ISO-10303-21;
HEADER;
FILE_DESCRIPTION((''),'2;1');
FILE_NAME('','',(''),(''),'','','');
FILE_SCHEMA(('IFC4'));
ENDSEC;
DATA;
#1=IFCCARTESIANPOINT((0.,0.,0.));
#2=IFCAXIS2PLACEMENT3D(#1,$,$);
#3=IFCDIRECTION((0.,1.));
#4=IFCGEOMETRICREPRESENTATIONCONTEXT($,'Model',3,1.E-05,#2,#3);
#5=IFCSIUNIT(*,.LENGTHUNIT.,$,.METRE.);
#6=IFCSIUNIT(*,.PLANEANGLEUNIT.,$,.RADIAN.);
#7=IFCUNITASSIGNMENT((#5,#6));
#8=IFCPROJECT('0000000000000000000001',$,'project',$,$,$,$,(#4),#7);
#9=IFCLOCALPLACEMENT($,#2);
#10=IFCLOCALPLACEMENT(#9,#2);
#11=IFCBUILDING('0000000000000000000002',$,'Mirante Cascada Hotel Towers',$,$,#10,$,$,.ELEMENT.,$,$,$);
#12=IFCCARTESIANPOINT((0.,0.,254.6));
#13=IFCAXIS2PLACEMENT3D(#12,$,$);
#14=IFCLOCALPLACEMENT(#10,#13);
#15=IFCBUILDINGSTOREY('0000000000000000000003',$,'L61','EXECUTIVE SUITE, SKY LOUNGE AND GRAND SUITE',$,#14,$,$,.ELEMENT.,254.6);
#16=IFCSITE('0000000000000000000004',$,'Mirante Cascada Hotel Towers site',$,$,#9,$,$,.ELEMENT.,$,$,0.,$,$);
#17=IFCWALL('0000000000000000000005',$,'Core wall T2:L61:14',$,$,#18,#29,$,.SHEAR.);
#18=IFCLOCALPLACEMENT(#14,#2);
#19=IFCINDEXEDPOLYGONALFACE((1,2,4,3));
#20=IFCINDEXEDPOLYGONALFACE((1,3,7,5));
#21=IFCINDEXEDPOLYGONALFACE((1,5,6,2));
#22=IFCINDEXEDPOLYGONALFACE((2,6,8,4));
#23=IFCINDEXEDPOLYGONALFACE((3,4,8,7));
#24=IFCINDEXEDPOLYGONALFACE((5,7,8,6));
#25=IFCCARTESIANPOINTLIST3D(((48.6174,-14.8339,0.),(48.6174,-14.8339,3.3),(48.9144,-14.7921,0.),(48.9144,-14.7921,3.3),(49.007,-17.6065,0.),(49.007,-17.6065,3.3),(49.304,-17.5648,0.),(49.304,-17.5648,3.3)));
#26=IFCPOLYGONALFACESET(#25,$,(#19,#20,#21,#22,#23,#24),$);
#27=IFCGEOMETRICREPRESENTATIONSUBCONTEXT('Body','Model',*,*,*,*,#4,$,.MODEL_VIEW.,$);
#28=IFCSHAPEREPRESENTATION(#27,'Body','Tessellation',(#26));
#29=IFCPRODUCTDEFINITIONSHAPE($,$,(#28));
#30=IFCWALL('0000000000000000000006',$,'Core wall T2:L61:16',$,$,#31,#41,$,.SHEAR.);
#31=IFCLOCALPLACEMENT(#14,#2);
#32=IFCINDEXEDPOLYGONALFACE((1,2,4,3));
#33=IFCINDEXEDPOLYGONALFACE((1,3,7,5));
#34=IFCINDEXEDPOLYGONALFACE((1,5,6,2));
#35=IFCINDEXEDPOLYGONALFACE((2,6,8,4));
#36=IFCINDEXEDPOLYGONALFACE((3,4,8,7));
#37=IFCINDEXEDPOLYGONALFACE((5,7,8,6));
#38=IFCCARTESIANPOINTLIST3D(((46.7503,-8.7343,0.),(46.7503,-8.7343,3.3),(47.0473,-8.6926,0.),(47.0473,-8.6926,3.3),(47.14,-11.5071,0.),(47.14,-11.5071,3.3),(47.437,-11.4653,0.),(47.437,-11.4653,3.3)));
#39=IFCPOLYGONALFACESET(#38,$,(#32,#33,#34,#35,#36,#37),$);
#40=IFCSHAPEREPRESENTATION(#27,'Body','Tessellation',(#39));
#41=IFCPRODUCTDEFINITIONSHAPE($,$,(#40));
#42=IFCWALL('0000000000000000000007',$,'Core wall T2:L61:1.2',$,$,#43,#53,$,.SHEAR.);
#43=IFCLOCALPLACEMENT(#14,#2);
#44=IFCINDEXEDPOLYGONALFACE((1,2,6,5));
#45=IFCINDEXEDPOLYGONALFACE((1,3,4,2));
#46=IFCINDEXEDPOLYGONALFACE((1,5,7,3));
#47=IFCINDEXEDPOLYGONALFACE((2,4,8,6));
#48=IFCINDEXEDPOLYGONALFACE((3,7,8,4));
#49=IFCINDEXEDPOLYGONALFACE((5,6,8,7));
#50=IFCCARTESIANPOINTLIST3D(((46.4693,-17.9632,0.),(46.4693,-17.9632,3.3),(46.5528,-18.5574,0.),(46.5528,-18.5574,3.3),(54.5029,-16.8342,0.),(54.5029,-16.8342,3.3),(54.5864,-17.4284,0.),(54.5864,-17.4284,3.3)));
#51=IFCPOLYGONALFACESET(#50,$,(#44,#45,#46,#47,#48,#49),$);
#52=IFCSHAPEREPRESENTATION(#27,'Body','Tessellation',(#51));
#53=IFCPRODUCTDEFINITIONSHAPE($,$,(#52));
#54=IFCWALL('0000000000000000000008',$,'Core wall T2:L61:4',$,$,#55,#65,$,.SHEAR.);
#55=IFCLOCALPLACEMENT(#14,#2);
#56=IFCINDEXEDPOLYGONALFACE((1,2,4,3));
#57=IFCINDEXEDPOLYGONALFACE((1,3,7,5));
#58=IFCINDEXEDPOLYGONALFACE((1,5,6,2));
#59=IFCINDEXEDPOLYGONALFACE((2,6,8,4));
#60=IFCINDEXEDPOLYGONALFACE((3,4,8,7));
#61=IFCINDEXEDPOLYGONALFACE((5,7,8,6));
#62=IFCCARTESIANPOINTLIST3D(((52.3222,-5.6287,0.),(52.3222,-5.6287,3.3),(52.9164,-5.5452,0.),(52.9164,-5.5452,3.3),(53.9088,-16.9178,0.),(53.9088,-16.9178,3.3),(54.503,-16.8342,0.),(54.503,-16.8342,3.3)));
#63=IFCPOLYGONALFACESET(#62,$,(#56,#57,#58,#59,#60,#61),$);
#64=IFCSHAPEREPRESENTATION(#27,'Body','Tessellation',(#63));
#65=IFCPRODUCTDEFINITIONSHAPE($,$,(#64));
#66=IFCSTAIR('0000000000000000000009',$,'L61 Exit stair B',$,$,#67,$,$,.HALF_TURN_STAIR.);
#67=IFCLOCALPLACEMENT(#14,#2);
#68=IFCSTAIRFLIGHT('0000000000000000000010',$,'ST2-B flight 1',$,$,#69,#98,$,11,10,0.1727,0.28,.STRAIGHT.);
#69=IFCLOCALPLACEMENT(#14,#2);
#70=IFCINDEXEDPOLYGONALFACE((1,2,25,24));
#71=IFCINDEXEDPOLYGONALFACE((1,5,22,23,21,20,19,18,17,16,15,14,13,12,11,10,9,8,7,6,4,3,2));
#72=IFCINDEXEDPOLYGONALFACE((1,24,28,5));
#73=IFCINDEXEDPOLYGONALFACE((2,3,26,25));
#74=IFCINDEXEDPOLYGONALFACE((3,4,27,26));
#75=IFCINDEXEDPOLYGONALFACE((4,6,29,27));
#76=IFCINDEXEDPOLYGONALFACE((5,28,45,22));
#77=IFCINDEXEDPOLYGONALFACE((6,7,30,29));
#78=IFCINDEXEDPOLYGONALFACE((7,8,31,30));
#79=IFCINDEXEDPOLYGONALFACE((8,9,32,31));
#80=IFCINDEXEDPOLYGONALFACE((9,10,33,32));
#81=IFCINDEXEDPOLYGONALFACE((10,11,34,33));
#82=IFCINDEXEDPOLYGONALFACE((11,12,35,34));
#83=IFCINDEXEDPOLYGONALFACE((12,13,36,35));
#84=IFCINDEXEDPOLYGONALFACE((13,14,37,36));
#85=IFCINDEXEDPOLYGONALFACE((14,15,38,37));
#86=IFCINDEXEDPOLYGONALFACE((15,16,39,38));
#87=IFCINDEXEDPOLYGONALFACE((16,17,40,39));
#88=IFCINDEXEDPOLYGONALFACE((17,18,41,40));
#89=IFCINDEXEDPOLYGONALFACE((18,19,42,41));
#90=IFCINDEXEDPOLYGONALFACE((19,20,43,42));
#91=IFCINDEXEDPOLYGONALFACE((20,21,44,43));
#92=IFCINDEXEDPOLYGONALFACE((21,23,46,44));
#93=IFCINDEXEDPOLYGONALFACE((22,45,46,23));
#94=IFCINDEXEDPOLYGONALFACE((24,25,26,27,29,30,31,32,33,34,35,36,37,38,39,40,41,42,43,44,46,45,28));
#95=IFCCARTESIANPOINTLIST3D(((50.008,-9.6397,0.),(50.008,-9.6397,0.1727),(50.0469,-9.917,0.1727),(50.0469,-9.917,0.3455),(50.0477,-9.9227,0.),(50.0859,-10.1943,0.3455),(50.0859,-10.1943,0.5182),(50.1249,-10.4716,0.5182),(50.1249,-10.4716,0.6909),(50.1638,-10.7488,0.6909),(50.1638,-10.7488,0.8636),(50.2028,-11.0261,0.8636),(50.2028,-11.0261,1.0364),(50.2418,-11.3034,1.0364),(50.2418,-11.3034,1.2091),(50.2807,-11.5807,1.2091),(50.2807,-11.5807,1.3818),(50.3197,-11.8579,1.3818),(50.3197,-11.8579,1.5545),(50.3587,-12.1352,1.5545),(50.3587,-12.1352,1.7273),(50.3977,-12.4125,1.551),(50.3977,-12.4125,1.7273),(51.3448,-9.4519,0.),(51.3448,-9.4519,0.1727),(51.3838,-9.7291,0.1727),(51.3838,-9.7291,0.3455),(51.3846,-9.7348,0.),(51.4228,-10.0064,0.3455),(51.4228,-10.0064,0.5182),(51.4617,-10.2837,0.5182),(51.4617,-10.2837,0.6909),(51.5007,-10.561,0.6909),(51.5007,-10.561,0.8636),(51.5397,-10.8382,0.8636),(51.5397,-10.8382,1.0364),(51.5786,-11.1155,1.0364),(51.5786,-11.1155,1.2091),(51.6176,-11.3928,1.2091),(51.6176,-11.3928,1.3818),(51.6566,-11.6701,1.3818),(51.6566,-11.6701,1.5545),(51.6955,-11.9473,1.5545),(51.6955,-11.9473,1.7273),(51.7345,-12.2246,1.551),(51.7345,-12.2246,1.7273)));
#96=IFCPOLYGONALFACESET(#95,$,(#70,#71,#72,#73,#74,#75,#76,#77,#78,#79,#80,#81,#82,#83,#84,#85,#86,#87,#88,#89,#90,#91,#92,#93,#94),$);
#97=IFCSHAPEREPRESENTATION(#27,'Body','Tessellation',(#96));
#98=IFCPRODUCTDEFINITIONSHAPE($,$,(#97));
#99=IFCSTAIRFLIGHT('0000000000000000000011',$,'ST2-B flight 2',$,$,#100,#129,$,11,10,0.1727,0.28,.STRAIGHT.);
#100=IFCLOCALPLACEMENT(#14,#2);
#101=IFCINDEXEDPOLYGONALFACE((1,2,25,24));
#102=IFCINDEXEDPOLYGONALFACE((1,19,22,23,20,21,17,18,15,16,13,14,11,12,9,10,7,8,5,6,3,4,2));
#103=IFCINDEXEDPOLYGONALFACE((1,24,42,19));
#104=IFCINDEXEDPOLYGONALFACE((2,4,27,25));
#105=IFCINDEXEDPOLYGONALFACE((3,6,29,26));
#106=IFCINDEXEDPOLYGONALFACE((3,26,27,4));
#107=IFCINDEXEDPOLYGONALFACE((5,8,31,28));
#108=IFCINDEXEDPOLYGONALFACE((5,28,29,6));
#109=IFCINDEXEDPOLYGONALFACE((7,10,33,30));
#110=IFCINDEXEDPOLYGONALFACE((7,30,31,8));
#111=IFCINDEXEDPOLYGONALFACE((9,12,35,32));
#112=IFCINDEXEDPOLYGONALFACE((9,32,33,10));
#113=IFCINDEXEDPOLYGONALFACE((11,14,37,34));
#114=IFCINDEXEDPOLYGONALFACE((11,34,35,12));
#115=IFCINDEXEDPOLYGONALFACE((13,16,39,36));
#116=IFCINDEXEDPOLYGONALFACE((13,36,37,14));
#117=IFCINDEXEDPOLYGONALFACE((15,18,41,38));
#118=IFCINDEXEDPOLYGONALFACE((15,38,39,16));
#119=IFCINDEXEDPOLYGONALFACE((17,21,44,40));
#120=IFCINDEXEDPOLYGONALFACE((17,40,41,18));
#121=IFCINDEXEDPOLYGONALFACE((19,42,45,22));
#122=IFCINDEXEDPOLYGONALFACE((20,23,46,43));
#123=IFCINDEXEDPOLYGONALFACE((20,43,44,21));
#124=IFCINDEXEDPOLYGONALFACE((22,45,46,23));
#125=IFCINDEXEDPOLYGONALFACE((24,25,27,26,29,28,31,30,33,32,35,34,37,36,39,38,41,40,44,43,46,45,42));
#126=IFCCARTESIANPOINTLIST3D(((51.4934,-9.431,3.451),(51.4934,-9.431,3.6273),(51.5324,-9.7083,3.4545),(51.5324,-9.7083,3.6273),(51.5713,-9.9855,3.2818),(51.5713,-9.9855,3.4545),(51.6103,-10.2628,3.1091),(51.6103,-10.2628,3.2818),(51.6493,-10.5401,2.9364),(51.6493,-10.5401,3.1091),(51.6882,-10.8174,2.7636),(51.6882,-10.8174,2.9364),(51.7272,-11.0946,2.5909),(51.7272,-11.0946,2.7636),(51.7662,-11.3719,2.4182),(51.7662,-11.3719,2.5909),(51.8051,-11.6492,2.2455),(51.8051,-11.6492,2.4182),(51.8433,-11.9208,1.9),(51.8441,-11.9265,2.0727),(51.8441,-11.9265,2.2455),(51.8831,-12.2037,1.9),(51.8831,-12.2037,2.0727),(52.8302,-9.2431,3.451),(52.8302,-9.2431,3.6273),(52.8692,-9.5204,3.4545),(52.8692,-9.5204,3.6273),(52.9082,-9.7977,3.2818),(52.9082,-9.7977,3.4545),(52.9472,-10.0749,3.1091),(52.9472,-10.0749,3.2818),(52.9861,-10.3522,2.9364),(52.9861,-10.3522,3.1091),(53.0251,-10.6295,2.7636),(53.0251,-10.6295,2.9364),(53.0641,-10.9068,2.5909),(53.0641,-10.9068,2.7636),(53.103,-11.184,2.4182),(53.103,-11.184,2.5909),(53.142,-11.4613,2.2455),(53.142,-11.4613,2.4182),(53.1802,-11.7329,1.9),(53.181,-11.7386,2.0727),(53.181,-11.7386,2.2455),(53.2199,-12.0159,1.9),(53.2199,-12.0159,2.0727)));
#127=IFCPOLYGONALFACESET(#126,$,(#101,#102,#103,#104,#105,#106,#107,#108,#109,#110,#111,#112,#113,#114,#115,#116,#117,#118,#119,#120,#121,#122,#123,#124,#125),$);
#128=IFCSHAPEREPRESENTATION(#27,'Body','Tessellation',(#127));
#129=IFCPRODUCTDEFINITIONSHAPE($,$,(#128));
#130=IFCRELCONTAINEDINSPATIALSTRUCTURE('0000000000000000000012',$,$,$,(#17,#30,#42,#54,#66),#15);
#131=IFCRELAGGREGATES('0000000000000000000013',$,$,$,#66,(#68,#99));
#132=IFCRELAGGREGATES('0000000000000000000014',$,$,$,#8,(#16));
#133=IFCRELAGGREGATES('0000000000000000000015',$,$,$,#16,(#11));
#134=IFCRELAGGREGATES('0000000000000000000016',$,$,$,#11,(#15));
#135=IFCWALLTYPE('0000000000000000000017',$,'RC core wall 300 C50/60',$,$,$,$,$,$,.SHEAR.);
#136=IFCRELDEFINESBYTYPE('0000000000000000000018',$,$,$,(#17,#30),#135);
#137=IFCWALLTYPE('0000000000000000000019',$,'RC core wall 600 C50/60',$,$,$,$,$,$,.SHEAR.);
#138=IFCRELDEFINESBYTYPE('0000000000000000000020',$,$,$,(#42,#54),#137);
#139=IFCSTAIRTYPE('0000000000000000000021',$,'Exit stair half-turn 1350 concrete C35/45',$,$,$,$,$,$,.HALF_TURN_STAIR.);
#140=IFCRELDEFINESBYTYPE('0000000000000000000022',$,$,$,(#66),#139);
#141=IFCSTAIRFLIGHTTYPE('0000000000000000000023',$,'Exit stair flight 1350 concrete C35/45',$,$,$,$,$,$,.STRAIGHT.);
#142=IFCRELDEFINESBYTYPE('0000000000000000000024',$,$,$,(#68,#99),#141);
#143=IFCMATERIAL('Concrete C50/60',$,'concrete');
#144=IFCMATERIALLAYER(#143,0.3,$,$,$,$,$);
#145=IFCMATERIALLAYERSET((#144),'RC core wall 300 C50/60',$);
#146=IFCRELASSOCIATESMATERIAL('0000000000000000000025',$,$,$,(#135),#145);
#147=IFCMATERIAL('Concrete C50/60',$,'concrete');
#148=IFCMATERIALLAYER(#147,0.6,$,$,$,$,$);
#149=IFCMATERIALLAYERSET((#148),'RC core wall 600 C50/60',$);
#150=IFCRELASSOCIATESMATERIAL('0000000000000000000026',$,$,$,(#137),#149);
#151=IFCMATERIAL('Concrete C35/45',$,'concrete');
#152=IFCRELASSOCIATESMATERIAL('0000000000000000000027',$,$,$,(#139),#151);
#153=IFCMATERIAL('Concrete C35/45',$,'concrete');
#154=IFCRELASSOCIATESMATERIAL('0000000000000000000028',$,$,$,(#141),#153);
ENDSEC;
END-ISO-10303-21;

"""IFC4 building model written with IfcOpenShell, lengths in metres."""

from ifc_helpers import new_model, si_unit, direction, frame, frame_2d, origin, place, context, subcontext, project, spatial, polyline, rectangle, outline, extrude, material, layer, layer_set, type_object, element, aggregate, save


model = new_model("IFC4")

# Units and contexts
model_context = context("Model", 3, precision=1e-05, world=origin(), true_north=direction((0.0, 1.0)))
body_context = subcontext(model_context, "Body", "Model", "MODEL_VIEW")
ifc_project = project(units=[si_unit("LENGTHUNIT", "METRE"), si_unit("PLANEANGLEUNIT", "RADIAN")], contexts=[model_context])

# Site, building, storey
site_placement = place(None, origin())
site = spatial("IfcSite", under=ifc_project, at=site_placement, Name="Mirante Cascada Hotel Towers site", CompositionType="ELEMENT", RefElevation=0.0)
building_placement = place(site_placement, origin())
building = spatial("IfcBuilding", under=site, at=building_placement, Name="Mirante Cascada Hotel Towers", CompositionType="ELEMENT")
storey_placement = place(building_placement, frame((0.0, 0.0, 254.6)))
storey = spatial("IfcBuildingStorey", under=building, at=storey_placement, Name="L61", Description="EXECUTIVE SUITE, SKY LOUNGE AND GRAND SUITE", CompositionType="ELEMENT", Elevation=254.6)

# Shared definitions
ifc_material_1 = material(Name="Concrete C50/60", Category="concrete")
ifc_layer_1 = layer(ifc_material_1, 0.3)
ifc_layer_set_1 = layer_set([ifc_layer_1], Name="RC core wall 300 C50/60")
wall_type_1 = type_object("IfcWallType", Name="RC core wall 300 C50/60", PredefinedType="SHEAR", material=ifc_layer_set_1)

# Walls
wall_1_placement = place(storey_placement, frame((49.1555, -17.5857, 0.0), z_axis=(0.0, 0.0, 1.0), x_axis=(-0.139146, 0.990272, 0.0)))
element("IfcWall", 1, at=wall_1_placement, inside=storey, type_object=wall_type_1, Name="Core wall T2:L61:14", PredefinedType="SHEAR", context=body_context, shape_type="SweptSolid", body=[
    extrude(rectangle(XDim=2.7999, YDim=0.3, at=frame_2d((1.4, 0.0))), origin(), (0.0, 0.0, 1.0), 3.3),
])
wall_2_placement = place(storey_placement, frame((47.2885, -11.4862, 0.0), z_axis=(0.0, 0.0, 1.0), x_axis=(-0.139181, 0.990267, 0.0)))
element("IfcWall", 2, at=wall_2_placement, inside=storey, type_object=wall_type_1, Name="Core wall T2:L61:16", PredefinedType="SHEAR", context=body_context, shape_type="SweptSolid", body=[
    extrude(rectangle(XDim=2.8, YDim=0.3, at=frame_2d((1.4, 0.0))), origin(), (0.0, 0.0, 1.0), 3.3),
])
ifc_material_2 = material(Name="Concrete C50/60", Category="concrete")
ifc_layer_2 = layer(ifc_material_2, 0.6)
ifc_layer_set_2 = layer_set([ifc_layer_2], Name="RC core wall 600 C50/60")
wall_type_2 = type_object("IfcWallType", Name="RC core wall 600 C50/60", PredefinedType="SHEAR", material=ifc_layer_set_2)
wall_3_placement = place(storey_placement, frame((46.5111, -18.2603, 0.0), z_axis=(0.0, 0.0, 1.0), x_axis=(0.990269, 0.139167, 0.0)))
element("IfcWall", 3, at=wall_3_placement, inside=storey, type_object=wall_type_2, Name="Core wall T2:L61:1.2", PredefinedType="SHEAR", context=body_context, shape_type="SweptSolid", body=[
    extrude(rectangle(XDim=8.1125, YDim=0.6, at=frame_2d((4.0562, 0.0))), origin(), (0.0, 0.0, 1.0), 3.3),
])
wall_4_placement = place(storey_placement, frame((54.2059, -16.876, 0.0), z_axis=(0.0, 0.0, 1.0), x_axis=(-0.139175, 0.990268, 0.0)))
element("IfcWall", 4, at=wall_4_placement, inside=storey, type_object=wall_type_2, Name="Core wall T2:L61:4", PredefinedType="SHEAR", context=body_context, shape_type="SweptSolid", body=[
    extrude(rectangle(XDim=11.4, YDim=0.6, at=frame_2d((5.7, 0.0))), origin(), (0.0, 0.0, 1.0), 3.3),
])

# Stair, stair flights
ifc_material_3 = material(Name="Concrete C35/45", Category="concrete")
stair_type = type_object("IfcStairType", Name="Exit stair half-turn 1350 concrete C35/45", PredefinedType="HALF_TURN_STAIR", material=ifc_material_3)
stair_placement = place(storey_placement, origin())
stair = element("IfcStair", 5, at=stair_placement, inside=storey, type_object=stair_type, Name="L61 Exit stair B", PredefinedType="HALF_TURN_STAIR")
ifc_material_4 = material(Name="Concrete C35/45", Category="concrete")
stair_flight_type = type_object("IfcStairFlightType", Name="Exit stair flight 1350 concrete C35/45", PredefinedType="STRAIGHT", material=ifc_material_4)
stair_flight_1_placement = place(storey_placement, frame((50.6764, -9.5458, 0.0), z_axis=(0.0, 0.0, 1.0), x_axis=(0.139173, -0.990268, 0.0)))
stair_flight_1 = element("IfcStairFlight", 6, at=stair_flight_1_placement, type_object=stair_flight_type, Name="ST2-B flight 1", NumberOfRisers=11, NumberOfTreads=10, PredefinedType="STRAIGHT", RiserHeight=0.1727, TreadLength=0.28, context=body_context, shape_type="SweptSolid", body=[
    extrude(outline(polyline([(0.0, 0.0), (0.0, 0.1727), (0.28, 0.1727), (0.28, 0.3455), (0.56, 0.3455), (0.56, 0.5182), (0.84, 0.5182), (0.84, 0.6909), (1.12, 0.6909), (1.12, 0.8636), (1.4, 0.8636), (1.4, 1.0364), (1.68, 1.0364), (1.68, 1.2091), (1.96, 1.2091), (1.96, 1.3818), (2.24, 1.3818), (2.24, 1.5545), (2.52, 1.5545), (2.52, 1.7273), (2.8, 1.7273), (2.8, 1.9), (2.8, 1.551), (0.2857, 0.0), (0.0, 0.0)])), frame((0.0, 0.675, 0.0), z_axis=(0.0, -1.0, 0.0), x_axis=(1.0, 0.0, 0.0)), (0.0, 0.0, 1.0), 1.35),
])
stair_flight_2_placement = place(storey_placement, frame((52.5515, -12.1098, 1.9), z_axis=(0.0, 0.0, 1.0), x_axis=(-0.139173, 0.990268, 0.0)))
stair_flight_2 = element("IfcStairFlight", 7, at=stair_flight_2_placement, type_object=stair_flight_type, Name="ST2-B flight 2", NumberOfRisers=11, NumberOfTreads=10, PredefinedType="STRAIGHT", RiserHeight=0.1727, TreadLength=0.28, context=body_context, shape_type="SweptSolid", body=[
    extrude(outline(polyline([(0.0, 0.0), (0.0, 0.1727), (0.28, 0.1727), (0.28, 0.3455), (0.56, 0.3455), (0.56, 0.5182), (0.84, 0.5182), (0.84, 0.6909), (1.12, 0.6909), (1.12, 0.8636), (1.4, 0.8636), (1.4, 1.0364), (1.68, 1.0364), (1.68, 1.2091), (1.96, 1.2091), (1.96, 1.3818), (2.24, 1.3818), (2.24, 1.5545), (2.52, 1.5545), (2.52, 1.7273), (2.8, 1.7273), (2.8, 1.9), (2.8, 1.551), (0.2857, 0.0), (0.0, 0.0)])), frame((0.0, 0.675, 0.0), z_axis=(0.0, -1.0, 0.0), x_axis=(1.0, 0.0, 0.0)), (0.0, 0.0, 1.0), 1.35),
])
aggregate(stair, [stair_flight_1, stair_flight_2])

save(model, "model.ifc")
